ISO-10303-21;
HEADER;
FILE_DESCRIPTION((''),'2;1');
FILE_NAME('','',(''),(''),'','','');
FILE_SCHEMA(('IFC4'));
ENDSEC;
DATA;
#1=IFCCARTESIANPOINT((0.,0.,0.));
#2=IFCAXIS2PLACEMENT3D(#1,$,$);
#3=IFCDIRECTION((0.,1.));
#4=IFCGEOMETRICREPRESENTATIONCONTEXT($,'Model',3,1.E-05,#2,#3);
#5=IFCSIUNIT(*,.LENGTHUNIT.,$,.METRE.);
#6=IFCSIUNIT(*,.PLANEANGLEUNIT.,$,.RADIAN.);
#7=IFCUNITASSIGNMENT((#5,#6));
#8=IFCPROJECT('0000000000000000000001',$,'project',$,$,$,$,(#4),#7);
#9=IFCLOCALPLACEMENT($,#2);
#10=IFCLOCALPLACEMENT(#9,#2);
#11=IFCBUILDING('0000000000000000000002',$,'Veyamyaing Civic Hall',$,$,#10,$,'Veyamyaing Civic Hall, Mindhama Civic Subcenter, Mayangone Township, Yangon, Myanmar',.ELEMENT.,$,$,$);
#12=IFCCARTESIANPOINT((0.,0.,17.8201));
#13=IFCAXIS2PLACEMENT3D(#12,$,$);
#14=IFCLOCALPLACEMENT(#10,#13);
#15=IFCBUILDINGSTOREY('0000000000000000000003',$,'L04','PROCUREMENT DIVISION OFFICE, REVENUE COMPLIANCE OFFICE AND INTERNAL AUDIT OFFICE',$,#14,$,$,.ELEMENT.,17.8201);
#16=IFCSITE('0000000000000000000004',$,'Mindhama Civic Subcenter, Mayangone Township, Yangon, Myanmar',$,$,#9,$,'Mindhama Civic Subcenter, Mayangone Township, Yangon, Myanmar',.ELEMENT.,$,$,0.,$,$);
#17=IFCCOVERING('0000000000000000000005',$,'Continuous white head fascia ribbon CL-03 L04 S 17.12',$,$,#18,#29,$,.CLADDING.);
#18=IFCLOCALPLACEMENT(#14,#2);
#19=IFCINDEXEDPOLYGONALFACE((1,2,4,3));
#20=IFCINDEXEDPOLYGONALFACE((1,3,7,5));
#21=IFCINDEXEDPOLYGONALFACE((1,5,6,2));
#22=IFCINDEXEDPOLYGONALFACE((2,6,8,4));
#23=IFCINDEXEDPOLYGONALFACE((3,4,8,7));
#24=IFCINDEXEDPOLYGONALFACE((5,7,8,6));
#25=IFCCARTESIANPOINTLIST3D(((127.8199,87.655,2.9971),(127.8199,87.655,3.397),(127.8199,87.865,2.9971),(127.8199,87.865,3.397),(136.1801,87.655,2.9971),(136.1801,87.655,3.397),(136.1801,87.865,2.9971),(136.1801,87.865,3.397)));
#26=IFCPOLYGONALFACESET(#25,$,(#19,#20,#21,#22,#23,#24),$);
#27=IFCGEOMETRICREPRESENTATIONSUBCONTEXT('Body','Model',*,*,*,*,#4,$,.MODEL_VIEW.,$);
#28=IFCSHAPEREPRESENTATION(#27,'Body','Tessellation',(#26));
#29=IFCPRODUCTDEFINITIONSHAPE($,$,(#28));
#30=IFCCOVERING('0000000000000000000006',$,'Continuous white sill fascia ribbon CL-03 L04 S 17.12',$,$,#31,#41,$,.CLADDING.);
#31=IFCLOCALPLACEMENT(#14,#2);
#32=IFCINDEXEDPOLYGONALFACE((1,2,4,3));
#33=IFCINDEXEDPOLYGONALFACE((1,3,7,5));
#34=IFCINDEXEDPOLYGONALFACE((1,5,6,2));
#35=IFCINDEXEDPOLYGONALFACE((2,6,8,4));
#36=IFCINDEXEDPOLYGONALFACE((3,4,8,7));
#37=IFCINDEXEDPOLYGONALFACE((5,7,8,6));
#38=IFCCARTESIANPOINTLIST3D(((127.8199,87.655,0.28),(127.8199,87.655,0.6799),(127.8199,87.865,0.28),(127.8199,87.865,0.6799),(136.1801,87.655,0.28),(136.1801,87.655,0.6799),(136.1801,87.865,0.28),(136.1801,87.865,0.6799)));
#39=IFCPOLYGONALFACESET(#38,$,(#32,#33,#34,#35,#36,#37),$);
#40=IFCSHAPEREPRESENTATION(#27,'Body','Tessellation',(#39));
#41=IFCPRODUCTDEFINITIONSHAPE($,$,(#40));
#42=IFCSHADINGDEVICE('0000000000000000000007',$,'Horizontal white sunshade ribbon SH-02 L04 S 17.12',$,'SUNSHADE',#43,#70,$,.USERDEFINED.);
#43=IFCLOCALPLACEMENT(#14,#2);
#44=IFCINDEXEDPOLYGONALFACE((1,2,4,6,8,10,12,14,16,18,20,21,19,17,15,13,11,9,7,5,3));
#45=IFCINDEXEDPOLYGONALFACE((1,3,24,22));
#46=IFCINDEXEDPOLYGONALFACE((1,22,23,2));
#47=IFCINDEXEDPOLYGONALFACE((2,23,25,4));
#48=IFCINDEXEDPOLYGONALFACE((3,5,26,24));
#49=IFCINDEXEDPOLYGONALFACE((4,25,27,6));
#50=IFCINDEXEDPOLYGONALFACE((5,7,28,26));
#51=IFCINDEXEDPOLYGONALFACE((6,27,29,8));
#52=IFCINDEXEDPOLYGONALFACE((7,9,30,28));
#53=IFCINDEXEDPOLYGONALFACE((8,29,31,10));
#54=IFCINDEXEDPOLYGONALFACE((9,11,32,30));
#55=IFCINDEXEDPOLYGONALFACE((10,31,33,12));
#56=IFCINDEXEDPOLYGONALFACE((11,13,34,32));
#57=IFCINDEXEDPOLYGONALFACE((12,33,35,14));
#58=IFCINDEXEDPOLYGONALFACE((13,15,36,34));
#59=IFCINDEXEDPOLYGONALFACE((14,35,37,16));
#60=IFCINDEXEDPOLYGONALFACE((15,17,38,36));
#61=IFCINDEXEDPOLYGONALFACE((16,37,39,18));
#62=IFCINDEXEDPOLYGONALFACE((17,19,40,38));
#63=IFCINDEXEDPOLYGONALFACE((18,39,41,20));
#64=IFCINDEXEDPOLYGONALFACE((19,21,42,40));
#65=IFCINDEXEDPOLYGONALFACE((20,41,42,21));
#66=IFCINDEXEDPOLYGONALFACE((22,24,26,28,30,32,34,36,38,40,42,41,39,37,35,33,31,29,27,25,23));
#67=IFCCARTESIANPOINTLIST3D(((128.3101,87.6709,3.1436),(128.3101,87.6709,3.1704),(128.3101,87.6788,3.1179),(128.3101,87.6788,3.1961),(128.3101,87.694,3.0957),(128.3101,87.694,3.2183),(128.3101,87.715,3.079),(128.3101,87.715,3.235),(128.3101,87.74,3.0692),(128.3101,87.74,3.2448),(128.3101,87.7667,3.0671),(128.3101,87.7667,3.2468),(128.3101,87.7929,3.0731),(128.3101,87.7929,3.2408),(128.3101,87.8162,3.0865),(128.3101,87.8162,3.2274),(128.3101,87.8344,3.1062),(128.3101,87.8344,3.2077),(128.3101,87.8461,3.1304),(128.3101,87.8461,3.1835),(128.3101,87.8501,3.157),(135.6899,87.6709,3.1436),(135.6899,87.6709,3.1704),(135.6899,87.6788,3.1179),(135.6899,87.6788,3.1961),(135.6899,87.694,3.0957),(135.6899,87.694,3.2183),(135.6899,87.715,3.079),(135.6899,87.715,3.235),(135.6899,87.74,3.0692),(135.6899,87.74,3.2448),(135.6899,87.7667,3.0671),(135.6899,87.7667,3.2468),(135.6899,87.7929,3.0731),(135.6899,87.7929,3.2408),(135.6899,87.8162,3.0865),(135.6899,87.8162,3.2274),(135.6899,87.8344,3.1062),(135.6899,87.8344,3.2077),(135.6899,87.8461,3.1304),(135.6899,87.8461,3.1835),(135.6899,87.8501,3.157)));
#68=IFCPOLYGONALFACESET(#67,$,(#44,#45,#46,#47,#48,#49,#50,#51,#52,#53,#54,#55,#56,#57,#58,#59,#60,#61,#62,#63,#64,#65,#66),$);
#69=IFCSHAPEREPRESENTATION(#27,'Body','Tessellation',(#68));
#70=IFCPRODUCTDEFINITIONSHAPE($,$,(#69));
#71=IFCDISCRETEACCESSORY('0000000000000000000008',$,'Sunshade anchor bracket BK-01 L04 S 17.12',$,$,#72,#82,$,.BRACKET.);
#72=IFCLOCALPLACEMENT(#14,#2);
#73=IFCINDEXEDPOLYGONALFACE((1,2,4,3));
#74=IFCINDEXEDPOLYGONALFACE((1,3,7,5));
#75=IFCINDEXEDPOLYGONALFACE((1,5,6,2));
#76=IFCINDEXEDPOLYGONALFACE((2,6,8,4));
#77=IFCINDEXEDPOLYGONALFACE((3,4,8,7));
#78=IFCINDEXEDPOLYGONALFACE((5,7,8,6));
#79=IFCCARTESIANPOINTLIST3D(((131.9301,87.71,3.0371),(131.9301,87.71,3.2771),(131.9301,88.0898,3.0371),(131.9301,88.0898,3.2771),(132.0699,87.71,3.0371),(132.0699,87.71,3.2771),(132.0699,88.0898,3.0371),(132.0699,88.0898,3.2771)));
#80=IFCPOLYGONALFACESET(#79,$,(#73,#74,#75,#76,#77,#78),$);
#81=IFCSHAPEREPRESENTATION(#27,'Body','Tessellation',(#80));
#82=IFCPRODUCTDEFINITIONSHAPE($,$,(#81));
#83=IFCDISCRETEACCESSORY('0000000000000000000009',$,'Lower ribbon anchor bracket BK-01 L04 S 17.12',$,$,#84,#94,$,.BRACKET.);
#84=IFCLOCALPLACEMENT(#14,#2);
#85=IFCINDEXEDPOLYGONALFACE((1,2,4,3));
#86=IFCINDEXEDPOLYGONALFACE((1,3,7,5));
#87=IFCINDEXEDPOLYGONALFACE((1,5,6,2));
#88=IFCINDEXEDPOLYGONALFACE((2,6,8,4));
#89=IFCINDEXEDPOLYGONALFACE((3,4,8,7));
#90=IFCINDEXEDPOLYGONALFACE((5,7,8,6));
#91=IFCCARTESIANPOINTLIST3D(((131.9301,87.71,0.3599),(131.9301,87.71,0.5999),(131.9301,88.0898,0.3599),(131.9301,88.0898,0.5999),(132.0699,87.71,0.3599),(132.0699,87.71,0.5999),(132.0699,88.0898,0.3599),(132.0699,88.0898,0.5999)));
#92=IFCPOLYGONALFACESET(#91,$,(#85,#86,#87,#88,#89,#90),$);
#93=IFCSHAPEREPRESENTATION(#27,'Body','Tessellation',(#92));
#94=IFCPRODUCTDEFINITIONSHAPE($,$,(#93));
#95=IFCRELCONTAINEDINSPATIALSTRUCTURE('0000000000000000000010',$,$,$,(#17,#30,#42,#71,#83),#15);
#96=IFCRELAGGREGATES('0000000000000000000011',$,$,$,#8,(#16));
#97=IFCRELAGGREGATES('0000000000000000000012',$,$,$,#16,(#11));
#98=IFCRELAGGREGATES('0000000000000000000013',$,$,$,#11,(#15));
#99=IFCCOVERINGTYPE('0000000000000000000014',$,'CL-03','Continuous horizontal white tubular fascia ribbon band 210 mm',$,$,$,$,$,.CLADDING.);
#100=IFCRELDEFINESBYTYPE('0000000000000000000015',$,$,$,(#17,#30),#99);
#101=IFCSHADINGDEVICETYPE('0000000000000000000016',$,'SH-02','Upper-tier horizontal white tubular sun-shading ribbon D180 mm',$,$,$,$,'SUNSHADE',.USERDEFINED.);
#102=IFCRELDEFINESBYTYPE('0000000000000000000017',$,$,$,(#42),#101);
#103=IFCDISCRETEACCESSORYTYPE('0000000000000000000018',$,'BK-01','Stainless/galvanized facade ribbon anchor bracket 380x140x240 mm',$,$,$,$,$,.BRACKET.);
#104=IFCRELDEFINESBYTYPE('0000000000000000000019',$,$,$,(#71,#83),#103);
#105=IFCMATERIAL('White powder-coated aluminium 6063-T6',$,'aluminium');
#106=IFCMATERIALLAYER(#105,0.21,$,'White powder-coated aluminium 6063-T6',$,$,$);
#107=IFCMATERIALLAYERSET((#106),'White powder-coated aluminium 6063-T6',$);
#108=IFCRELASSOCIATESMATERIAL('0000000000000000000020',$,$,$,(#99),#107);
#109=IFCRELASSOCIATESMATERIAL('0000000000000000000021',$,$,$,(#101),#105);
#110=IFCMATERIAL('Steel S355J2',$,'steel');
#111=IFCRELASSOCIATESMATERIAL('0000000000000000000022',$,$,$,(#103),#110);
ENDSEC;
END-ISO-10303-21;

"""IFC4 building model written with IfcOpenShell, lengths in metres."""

from ifc_helpers import new_model, si_unit, direction, frame, origin, origin_2d, place, context, subcontext, project, spatial, rectangle, circle, extrude, material, layer, layer_set, material_profile, profile_set, type_object, element, save


model = new_model("IFC4")

# Units and contexts
model_context = context("Model", 3, precision=1e-05, world=origin(), true_north=direction((0.0, 1.0)))
body_context = subcontext(model_context, "Body", "Model", "MODEL_VIEW")
ifc_project = project(units=[si_unit("LENGTHUNIT", "METRE"), si_unit("PLANEANGLEUNIT", "RADIAN")], contexts=[model_context])

# Site, building, storey
site_placement = place(None, origin())
site = spatial("IfcSite", under=ifc_project, at=site_placement, Name="Mindhama Civic Subcenter, Mayangone Township, Yangon, Myanmar", LongName="Mindhama Civic Subcenter, Mayangone Township, Yangon, Myanmar", CompositionType="ELEMENT", RefElevation=0.0)
building_placement = place(site_placement, origin())
building = spatial("IfcBuilding", under=site, at=building_placement, Name="Veyamyaing Civic Hall", LongName="Veyamyaing Civic Hall, Mindhama Civic Subcenter, Mayangone Township, Yangon, Myanmar", CompositionType="ELEMENT")
storey_placement = place(building_placement, frame((0.0, 0.0, 17.8201)))
storey = spatial("IfcBuildingStorey", under=building, at=storey_placement, Name="L04", Description="PROCUREMENT DIVISION OFFICE, REVENUE COMPLIANCE OFFICE AND INTERNAL AUDIT OFFICE", CompositionType="ELEMENT", Elevation=17.8201)

# Coverings
ifc_material_1 = material(Name="White powder-coated aluminium 6063-T6", Category="aluminium")
ifc_layer_1 = layer(ifc_material_1, 0.21, Name="White powder-coated aluminium 6063-T6")
ifc_layer_set_1 = layer_set([ifc_layer_1], Name="White powder-coated aluminium 6063-T6")
covering_type_1 = type_object("IfcCoveringType", Name="CL-03", Description="Continuous horizontal white tubular fascia ribbon band 210 mm", PredefinedType="CLADDING", material=ifc_layer_set_1)
for number, where, z_axis, x_axis, name in (
    (1, (132.0, 87.76, 2.9971), (0.0, 0.0, 1.0), (1.0, 0.0, 0.0), "Continuous white head fascia ribbon CL-03 L04 S 17.12"),
    (2, (132.0, 87.76, 0.28), (0.0, 0.0, 1.0), (1.0, 0.0, 0.0), "Continuous white sill fascia ribbon CL-03 L04 S 17.12"),
):
    element("IfcCovering", number, at=place(storey_placement, frame(where, z_axis=z_axis, x_axis=x_axis)), inside=storey, type_object=covering_type_1, Name=name, PredefinedType="CLADDING", context=body_context, shape_type="SweptSolid", body=[
        extrude(rectangle(XDim=8.3601, YDim=0.21, at=origin_2d()), origin(), (0.0, 0.0, 1.0), 0.3999),
    ])

# Shading device
ifc_material_profile_1 = material_profile(ifc_material_1, circle(Radius=0.0901, at=origin_2d()), Name="SHADE-TUBE-180")
ifc_profile_set_1 = profile_set([ifc_material_profile_1], Name="White powder-coated aluminium 6063-T6")
shading_device_type = type_object("IfcShadingDeviceType", Name="SH-02", Description="Upper-tier horizontal white tubular sun-shading ribbon D180 mm", ElementType="SUNSHADE", PredefinedType="USERDEFINED", material=ifc_profile_set_1)
shading_device_placement = place(storey_placement, frame((128.3101, 87.76, 3.157), z_axis=(1.0, 0.0, 0.0), x_axis=(0.0, 1.0, 0.0)))
element("IfcShadingDevice", 3, at=shading_device_placement, inside=storey, type_object=shading_device_type, Name="Horizontal white sunshade ribbon SH-02 L04 S 17.12", ObjectType="SUNSHADE", PredefinedType="USERDEFINED", context=body_context, shape_type="SweptSolid", body=[
    extrude(circle(Radius=0.0901, at=origin_2d()), origin(), (0.0, 0.0, 1.0), 7.3799),
])

# Discrete accessories
ifc_material_2 = material(Name="Steel S355J2", Category="steel")
discrete_accessory_type = type_object("IfcDiscreteAccessoryType", Name="BK-01", Description="Stainless/galvanized facade ribbon anchor bracket 380x140x240 mm", PredefinedType="BRACKET", material=ifc_material_2)
for number, where, z_axis, x_axis, name in (
    (4, (132.0, 87.8999, 3.0371), (0.0, 0.0, 1.0), (0.0, -1.0, 0.0), "Sunshade anchor bracket BK-01 L04 S 17.12"),
    (5, (132.0, 87.8999, 0.3599), (0.0, 0.0, 1.0), (0.0, -1.0, 0.0), "Lower ribbon anchor bracket BK-01 L04 S 17.12"),
):
    element("IfcDiscreteAccessory", number, at=place(storey_placement, frame(where, z_axis=z_axis, x_axis=x_axis)), inside=storey, type_object=discrete_accessory_type, Name=name, PredefinedType="BRACKET", context=body_context, shape_type="SweptSolid", body=[
        extrude(rectangle(XDim=0.3799, YDim=0.1399, at=origin_2d()), origin(), (0.0, 0.0, 1.0), 0.24),
    ])

save(model, "model.ifc")
